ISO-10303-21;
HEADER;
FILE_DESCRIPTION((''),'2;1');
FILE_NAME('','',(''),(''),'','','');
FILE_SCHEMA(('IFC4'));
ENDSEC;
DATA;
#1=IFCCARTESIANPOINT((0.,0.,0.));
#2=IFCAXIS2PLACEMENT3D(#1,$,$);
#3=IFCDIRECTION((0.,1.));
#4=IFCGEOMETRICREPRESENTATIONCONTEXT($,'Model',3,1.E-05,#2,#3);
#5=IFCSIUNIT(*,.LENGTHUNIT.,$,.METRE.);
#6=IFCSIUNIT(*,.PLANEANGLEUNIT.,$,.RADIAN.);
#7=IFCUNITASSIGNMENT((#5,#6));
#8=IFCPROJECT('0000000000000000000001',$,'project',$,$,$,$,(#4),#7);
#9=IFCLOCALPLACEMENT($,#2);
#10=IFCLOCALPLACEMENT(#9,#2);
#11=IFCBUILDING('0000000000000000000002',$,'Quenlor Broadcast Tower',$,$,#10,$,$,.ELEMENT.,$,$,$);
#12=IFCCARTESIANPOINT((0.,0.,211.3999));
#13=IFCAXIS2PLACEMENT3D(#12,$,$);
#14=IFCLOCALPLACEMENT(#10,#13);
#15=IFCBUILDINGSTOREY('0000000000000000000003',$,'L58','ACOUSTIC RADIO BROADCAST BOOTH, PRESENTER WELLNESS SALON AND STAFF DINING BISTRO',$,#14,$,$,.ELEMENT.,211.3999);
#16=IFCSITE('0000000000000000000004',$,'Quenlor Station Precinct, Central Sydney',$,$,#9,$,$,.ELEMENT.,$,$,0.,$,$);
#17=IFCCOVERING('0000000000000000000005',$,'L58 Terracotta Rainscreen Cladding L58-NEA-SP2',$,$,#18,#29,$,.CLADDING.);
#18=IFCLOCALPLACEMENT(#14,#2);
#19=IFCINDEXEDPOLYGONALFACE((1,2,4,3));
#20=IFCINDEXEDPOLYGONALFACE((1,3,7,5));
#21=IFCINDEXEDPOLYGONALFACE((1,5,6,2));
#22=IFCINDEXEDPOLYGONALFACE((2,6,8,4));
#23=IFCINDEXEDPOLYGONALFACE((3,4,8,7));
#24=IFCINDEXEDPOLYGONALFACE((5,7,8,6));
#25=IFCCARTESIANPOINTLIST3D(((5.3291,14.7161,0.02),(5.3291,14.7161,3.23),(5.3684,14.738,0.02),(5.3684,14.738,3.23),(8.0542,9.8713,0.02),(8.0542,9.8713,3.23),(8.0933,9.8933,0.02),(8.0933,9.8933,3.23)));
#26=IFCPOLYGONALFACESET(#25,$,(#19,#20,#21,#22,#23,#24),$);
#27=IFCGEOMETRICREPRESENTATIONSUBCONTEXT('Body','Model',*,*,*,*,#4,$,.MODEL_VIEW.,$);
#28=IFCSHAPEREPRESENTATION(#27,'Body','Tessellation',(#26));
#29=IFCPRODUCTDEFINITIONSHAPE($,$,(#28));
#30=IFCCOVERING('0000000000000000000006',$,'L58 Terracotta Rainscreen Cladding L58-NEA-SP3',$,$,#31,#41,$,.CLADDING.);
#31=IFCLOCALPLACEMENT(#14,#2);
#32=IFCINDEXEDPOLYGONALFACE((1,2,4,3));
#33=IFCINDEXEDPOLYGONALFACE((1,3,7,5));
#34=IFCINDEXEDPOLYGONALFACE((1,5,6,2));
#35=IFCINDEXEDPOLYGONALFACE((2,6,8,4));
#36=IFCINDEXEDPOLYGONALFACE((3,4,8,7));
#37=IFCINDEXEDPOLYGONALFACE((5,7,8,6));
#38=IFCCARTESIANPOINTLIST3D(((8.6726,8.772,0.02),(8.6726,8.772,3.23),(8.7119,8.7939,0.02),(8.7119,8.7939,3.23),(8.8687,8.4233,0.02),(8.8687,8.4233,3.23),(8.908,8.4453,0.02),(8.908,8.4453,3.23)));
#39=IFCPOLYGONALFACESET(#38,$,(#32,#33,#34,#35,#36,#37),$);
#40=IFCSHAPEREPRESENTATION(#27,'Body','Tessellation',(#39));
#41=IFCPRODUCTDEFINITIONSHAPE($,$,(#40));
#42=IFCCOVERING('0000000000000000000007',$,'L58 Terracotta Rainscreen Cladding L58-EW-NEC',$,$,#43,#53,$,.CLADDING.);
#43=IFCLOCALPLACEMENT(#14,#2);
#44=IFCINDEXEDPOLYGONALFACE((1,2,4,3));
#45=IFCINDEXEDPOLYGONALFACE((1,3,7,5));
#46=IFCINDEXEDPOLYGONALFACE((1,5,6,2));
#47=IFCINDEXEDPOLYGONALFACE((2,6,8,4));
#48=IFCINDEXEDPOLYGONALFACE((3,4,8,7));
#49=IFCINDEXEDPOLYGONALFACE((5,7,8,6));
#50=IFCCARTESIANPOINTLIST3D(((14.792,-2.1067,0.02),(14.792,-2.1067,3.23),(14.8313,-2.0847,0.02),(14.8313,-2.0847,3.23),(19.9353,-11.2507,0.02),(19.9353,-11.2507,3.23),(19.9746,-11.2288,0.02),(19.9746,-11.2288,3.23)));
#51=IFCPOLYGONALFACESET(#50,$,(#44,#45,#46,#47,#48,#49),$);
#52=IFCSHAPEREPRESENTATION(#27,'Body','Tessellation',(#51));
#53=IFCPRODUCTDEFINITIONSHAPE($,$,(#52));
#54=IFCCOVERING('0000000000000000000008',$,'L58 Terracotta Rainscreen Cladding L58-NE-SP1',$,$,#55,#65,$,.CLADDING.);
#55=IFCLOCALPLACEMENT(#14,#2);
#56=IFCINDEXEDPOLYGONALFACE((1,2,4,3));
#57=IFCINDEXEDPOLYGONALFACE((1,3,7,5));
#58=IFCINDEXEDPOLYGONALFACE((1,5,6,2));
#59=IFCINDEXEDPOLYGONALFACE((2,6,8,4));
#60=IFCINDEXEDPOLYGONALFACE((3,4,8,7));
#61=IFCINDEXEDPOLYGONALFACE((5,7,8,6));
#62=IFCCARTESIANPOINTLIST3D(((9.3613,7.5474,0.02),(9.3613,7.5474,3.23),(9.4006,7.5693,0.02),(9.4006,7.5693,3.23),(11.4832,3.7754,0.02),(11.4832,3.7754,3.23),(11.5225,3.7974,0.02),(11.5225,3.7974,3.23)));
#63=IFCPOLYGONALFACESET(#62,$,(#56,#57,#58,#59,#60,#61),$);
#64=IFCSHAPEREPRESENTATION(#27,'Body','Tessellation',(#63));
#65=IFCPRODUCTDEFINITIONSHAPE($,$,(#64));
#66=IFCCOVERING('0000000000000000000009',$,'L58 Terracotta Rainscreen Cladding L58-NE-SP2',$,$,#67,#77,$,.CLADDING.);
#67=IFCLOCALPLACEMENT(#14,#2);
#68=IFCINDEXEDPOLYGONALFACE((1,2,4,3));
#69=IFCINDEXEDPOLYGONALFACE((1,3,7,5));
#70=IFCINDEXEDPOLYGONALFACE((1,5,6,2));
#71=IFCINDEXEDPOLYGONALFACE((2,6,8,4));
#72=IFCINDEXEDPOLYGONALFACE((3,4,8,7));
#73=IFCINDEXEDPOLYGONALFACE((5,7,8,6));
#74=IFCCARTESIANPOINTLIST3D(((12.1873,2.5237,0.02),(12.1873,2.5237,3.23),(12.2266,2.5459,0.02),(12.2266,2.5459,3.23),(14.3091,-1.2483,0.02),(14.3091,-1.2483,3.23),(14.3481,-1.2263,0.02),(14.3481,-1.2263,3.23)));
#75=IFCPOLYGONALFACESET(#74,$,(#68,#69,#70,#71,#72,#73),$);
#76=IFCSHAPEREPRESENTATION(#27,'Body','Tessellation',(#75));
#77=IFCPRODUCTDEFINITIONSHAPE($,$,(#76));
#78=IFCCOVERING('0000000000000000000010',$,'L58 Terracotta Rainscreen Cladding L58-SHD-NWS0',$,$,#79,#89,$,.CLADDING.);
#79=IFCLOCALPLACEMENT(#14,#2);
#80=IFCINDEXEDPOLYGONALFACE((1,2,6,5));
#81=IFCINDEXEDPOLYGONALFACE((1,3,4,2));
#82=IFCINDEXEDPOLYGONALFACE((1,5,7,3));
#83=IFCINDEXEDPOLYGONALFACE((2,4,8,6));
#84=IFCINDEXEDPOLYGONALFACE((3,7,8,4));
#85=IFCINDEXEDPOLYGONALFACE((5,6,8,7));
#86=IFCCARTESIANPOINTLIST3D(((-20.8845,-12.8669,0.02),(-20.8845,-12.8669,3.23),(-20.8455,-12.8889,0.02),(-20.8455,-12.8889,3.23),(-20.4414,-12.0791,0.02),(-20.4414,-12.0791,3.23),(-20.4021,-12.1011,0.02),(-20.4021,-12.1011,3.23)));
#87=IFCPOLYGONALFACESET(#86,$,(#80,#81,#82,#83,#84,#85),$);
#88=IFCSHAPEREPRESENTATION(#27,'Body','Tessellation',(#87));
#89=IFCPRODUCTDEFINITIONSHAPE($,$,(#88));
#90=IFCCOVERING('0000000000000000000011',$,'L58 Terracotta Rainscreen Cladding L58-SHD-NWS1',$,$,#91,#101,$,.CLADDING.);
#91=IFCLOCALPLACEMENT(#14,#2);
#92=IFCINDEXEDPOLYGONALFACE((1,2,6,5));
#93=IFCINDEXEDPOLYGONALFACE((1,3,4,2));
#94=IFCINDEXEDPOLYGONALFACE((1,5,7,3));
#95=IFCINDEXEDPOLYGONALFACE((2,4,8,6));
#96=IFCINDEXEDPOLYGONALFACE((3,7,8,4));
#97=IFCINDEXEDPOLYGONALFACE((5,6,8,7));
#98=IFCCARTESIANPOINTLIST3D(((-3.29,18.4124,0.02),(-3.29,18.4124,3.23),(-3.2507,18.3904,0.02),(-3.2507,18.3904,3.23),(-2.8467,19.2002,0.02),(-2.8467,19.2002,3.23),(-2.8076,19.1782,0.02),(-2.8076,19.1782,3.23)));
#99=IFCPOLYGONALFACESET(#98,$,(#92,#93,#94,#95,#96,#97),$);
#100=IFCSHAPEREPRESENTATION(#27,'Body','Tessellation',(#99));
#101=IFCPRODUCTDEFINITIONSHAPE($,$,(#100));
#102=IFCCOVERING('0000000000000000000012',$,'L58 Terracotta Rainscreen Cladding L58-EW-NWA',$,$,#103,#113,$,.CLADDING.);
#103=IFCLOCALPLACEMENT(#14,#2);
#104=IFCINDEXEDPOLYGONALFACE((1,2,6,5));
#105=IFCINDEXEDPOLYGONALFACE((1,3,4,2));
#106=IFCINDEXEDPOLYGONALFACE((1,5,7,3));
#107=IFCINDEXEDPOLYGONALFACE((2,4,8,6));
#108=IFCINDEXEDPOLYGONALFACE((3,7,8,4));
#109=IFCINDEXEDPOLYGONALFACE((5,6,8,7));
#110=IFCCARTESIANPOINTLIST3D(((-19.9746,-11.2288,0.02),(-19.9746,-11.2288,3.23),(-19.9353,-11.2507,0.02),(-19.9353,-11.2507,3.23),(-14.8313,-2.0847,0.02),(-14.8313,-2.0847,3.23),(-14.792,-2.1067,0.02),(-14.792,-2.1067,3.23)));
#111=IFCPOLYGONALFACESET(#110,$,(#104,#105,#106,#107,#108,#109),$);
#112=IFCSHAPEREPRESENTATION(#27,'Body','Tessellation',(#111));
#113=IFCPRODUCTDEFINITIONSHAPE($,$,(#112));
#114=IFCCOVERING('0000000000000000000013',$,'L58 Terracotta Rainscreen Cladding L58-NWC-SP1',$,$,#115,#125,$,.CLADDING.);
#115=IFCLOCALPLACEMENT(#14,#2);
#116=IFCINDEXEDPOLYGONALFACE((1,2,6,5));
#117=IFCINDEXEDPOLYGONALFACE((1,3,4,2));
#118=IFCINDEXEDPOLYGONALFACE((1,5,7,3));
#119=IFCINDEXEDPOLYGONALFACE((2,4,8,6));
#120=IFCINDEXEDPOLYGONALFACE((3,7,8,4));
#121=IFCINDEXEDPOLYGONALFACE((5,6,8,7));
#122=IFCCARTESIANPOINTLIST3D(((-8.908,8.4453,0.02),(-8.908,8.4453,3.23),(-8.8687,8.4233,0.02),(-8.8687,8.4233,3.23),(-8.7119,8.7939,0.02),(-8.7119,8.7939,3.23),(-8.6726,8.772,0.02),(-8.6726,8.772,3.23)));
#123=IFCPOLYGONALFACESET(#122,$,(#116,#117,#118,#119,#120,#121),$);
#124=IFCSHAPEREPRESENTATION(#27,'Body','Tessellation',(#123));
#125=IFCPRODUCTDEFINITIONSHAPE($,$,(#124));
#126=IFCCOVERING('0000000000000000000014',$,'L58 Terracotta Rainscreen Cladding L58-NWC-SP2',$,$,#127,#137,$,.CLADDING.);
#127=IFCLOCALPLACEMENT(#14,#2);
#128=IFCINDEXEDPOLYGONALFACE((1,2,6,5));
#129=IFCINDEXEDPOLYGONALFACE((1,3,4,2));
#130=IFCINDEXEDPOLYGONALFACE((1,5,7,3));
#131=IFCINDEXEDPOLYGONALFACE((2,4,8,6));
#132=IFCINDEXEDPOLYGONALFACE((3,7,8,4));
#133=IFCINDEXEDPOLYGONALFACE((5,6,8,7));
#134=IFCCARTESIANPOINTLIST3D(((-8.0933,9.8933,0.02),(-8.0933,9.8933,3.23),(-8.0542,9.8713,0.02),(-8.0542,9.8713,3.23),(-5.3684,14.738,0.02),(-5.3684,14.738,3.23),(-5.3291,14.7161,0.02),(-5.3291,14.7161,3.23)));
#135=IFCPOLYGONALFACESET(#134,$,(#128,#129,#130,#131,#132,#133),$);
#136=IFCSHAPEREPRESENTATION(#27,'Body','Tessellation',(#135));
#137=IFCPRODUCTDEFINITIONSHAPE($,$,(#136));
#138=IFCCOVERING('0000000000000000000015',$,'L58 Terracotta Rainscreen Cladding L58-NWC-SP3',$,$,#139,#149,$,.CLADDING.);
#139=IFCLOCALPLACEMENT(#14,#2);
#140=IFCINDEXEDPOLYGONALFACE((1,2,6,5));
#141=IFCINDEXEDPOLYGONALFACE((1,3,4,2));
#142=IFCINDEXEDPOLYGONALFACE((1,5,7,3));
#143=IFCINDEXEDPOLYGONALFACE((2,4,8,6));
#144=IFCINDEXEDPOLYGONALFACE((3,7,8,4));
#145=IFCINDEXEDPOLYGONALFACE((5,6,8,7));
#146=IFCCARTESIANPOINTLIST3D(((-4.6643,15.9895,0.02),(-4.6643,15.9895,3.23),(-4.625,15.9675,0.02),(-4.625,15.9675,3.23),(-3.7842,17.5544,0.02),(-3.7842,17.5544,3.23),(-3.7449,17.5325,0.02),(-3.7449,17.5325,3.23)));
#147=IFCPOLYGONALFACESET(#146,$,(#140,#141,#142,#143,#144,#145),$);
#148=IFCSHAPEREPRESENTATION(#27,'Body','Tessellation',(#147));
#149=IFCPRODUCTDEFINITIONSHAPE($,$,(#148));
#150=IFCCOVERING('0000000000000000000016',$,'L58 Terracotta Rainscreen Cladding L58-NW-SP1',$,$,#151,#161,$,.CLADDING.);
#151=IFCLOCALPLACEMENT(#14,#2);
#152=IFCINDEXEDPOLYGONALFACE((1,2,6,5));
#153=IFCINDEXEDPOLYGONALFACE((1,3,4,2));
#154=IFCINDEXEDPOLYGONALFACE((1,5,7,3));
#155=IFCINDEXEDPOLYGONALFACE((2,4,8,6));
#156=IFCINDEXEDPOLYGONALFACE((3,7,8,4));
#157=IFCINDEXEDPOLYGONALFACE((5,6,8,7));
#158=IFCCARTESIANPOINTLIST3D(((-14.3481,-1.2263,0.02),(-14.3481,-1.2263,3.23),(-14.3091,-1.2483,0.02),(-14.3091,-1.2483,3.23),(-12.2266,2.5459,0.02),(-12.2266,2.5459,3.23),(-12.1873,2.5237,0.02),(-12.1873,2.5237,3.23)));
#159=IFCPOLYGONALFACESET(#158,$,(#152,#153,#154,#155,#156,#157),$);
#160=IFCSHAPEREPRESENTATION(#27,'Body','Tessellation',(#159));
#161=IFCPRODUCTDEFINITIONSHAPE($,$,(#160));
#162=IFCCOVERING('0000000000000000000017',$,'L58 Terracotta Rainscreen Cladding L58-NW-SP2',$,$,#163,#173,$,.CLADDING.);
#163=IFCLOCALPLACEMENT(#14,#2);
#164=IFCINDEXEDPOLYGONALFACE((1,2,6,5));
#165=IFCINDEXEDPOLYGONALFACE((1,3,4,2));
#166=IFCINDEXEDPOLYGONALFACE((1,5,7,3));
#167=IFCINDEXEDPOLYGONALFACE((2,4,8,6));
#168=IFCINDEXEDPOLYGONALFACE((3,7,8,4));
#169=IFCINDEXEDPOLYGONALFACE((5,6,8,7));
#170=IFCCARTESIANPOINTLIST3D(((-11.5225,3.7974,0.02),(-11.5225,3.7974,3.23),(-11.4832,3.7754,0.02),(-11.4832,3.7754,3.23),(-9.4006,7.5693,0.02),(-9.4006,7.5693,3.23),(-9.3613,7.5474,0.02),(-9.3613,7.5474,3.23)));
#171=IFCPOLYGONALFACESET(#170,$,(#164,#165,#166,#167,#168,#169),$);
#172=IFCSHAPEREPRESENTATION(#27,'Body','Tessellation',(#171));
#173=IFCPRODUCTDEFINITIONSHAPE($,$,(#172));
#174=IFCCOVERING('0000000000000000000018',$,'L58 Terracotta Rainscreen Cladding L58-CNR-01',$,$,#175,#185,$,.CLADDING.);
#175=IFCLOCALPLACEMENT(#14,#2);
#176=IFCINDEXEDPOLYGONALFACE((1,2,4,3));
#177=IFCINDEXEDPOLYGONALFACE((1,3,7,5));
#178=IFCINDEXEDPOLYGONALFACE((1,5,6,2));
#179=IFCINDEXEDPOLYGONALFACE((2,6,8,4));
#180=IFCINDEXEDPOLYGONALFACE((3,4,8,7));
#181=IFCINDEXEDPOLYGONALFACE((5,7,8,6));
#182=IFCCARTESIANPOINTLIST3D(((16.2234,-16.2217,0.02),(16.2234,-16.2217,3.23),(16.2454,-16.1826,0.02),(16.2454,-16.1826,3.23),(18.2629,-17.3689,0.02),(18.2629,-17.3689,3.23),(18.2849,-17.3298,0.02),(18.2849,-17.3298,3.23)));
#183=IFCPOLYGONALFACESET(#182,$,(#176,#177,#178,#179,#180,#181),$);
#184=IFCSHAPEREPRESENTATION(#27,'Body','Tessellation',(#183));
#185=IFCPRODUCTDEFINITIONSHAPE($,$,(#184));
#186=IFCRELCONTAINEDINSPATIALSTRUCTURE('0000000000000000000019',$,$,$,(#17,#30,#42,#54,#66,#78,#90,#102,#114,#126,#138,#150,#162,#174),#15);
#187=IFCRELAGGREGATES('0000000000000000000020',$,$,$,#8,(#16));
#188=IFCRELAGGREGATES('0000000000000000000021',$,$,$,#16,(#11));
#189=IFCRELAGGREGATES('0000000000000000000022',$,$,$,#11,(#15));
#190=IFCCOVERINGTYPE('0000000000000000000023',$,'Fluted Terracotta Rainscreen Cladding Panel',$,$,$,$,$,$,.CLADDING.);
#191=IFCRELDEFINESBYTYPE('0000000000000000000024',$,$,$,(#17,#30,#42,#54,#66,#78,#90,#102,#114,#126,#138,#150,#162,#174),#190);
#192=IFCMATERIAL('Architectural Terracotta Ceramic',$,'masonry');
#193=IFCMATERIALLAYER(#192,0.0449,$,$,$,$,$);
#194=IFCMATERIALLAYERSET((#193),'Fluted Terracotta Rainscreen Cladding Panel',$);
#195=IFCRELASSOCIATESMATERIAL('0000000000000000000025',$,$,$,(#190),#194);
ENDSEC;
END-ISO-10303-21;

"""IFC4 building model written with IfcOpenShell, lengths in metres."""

from ifc_helpers import new_model, si_unit, direction, frame, origin, place, context, subcontext, project, spatial, polyline, outline, extrude, material, layer, layer_set, type_object, element, save


model = new_model("IFC4")

# Units and contexts
model_context = context("Model", 3, precision=1e-05, world=origin(), true_north=direction((0.0, 1.0)))
body_context = subcontext(model_context, "Body", "Model", "MODEL_VIEW")
ifc_project = project(units=[si_unit("LENGTHUNIT", "METRE"), si_unit("PLANEANGLEUNIT", "RADIAN")], contexts=[model_context])

# Site, building, storey
site_placement = place(None, origin())
site = spatial("IfcSite", under=ifc_project, at=site_placement, Name="Quenlor Station Precinct, Central Sydney", CompositionType="ELEMENT", RefElevation=0.0)
building_placement = place(site_placement, origin())
building = spatial("IfcBuilding", under=site, at=building_placement, Name="Quenlor Broadcast Tower", CompositionType="ELEMENT")
storey_placement = place(building_placement, frame((0.0, 0.0, 211.3999)))
storey = spatial("IfcBuildingStorey", under=building, at=storey_placement, Name="L58", Description="ACOUSTIC RADIO BROADCAST BOOTH, PRESENTER WELLNESS SALON AND STAFF DINING BISTRO", CompositionType="ELEMENT", Elevation=211.3999)

# Coverings
ifc_material_1 = material(Name="Architectural Terracotta Ceramic", Category="masonry")
ifc_layer_1 = layer(ifc_material_1, 0.0449)
ifc_layer_set_1 = layer_set([ifc_layer_1], Name="Fluted Terracotta Rainscreen Cladding Panel")
covering_type = type_object("IfcCoveringType", Name="Fluted Terracotta Rainscreen Cladding Panel", PredefinedType="CLADDING", material=ifc_layer_set_1)
covering_1_placement = place(storey_placement, frame((0.0, 0.0, 0.02)))
element("IfcCovering", 1, at=covering_1_placement, inside=storey, type_object=covering_type, Name="L58 Terracotta Rainscreen Cladding L58-NEA-SP2", PredefinedType="CLADDING", context=body_context, shape_type="SweptSolid", body=[
    extrude(outline(polyline([(5.3291, 14.7161), (8.0542, 9.8713), (8.0933, 9.8933), (5.3684, 14.738), (5.3291, 14.7161)])), origin(), (0.0, 0.0, 1.0), 3.21),
])
covering_2_placement = place(storey_placement, frame((0.0, 0.0, 0.02)))
element("IfcCovering", 2, at=covering_2_placement, inside=storey, type_object=covering_type, Name="L58 Terracotta Rainscreen Cladding L58-NEA-SP3", PredefinedType="CLADDING", context=body_context, shape_type="SweptSolid", body=[
    extrude(outline(polyline([(8.6726, 8.772), (8.8687, 8.4233), (8.908, 8.4453), (8.7119, 8.7939), (8.6726, 8.772)])), origin(), (0.0, 0.0, 1.0), 3.21),
])
covering_3_placement = place(storey_placement, frame((0.0, 0.0, 0.02)))
element("IfcCovering", 3, at=covering_3_placement, inside=storey, type_object=covering_type, Name="L58 Terracotta Rainscreen Cladding L58-EW-NEC", PredefinedType="CLADDING", context=body_context, shape_type="SweptSolid", body=[
    extrude(outline(polyline([(14.792, -2.1067), (19.9353, -11.2507), (19.9746, -11.2288), (14.8313, -2.0847), (14.792, -2.1067)])), origin(), (0.0, 0.0, 1.0), 3.21),
])
covering_4_placement = place(storey_placement, frame((0.0, 0.0, 0.02)))
element("IfcCovering", 4, at=covering_4_placement, inside=storey, type_object=covering_type, Name="L58 Terracotta Rainscreen Cladding L58-NE-SP1", PredefinedType="CLADDING", context=body_context, shape_type="SweptSolid", body=[
    extrude(outline(polyline([(9.3613, 7.5474), (11.4832, 3.7754), (11.5225, 3.7974), (9.4006, 7.5693), (9.3613, 7.5474)])), origin(), (0.0, 0.0, 1.0), 3.21),
])
covering_5_placement = place(storey_placement, frame((0.0, 0.0, 0.02)))
element("IfcCovering", 5, at=covering_5_placement, inside=storey, type_object=covering_type, Name="L58 Terracotta Rainscreen Cladding L58-NE-SP2", PredefinedType="CLADDING", context=body_context, shape_type="SweptSolid", body=[
    extrude(outline(polyline([(12.1873, 2.5237), (14.3091, -1.2483), (14.3481, -1.2263), (12.2266, 2.5459), (12.1873, 2.5237)])), origin(), (0.0, 0.0, 1.0), 3.21),
])
covering_6_placement = place(storey_placement, frame((0.0, 0.0, 0.02)))
element("IfcCovering", 6, at=covering_6_placement, inside=storey, type_object=covering_type, Name="L58 Terracotta Rainscreen Cladding L58-SHD-NWS0", PredefinedType="CLADDING", context=body_context, shape_type="SweptSolid", body=[
    extrude(outline(polyline([(-20.8455, -12.8889), (-20.4021, -12.1011), (-20.4414, -12.0791), (-20.8845, -12.8669), (-20.8455, -12.8889)])), origin(), (0.0, 0.0, 1.0), 3.21),
])
covering_7_placement = place(storey_placement, frame((0.0, 0.0, 0.02)))
element("IfcCovering", 7, at=covering_7_placement, inside=storey, type_object=covering_type, Name="L58 Terracotta Rainscreen Cladding L58-SHD-NWS1", PredefinedType="CLADDING", context=body_context, shape_type="SweptSolid", body=[
    extrude(outline(polyline([(-3.2507, 18.3904), (-2.8076, 19.1782), (-2.8467, 19.2002), (-3.29, 18.4124), (-3.2507, 18.3904)])), origin(), (0.0, 0.0, 1.0), 3.21),
])
covering_8_placement = place(storey_placement, frame((0.0, 0.0, 0.02)))
element("IfcCovering", 8, at=covering_8_placement, inside=storey, type_object=covering_type, Name="L58 Terracotta Rainscreen Cladding L58-EW-NWA", PredefinedType="CLADDING", context=body_context, shape_type="SweptSolid", body=[
    extrude(outline(polyline([(-19.9353, -11.2507), (-14.792, -2.1067), (-14.8313, -2.0847), (-19.9746, -11.2288), (-19.9353, -11.2507)])), origin(), (0.0, 0.0, 1.0), 3.21),
])
covering_9_placement = place(storey_placement, frame((0.0, 0.0, 0.02)))
element("IfcCovering", 9, at=covering_9_placement, inside=storey, type_object=covering_type, Name="L58 Terracotta Rainscreen Cladding L58-NWC-SP1", PredefinedType="CLADDING", context=body_context, shape_type="SweptSolid", body=[
    extrude(outline(polyline([(-8.8687, 8.4233), (-8.6726, 8.772), (-8.7119, 8.7939), (-8.908, 8.4453), (-8.8687, 8.4233)])), origin(), (0.0, 0.0, 1.0), 3.21),
])
covering_10_placement = place(storey_placement, frame((0.0, 0.0, 0.02)))
element("IfcCovering", 10, at=covering_10_placement, inside=storey, type_object=covering_type, Name="L58 Terracotta Rainscreen Cladding L58-NWC-SP2", PredefinedType="CLADDING", context=body_context, shape_type="SweptSolid", body=[
    extrude(outline(polyline([(-8.0542, 9.8713), (-5.3291, 14.7161), (-5.3684, 14.738), (-8.0933, 9.8933), (-8.0542, 9.8713)])), origin(), (0.0, 0.0, 1.0), 3.21),
])
covering_11_placement = place(storey_placement, frame((0.0, 0.0, 0.02)))
element("IfcCovering", 11, at=covering_11_placement, inside=storey, type_object=covering_type, Name="L58 Terracotta Rainscreen Cladding L58-NWC-SP3", PredefinedType="CLADDING", context=body_context, shape_type="SweptSolid", body=[
    extrude(outline(polyline([(-4.625, 15.9675), (-3.7449, 17.5325), (-3.7842, 17.5544), (-4.6643, 15.9895), (-4.625, 15.9675)])), origin(), (0.0, 0.0, 1.0), 3.21),
])
covering_12_placement = place(storey_placement, frame((0.0, 0.0, 0.02)))
element("IfcCovering", 12, at=covering_12_placement, inside=storey, type_object=covering_type, Name="L58 Terracotta Rainscreen Cladding L58-NW-SP1", PredefinedType="CLADDING", context=body_context, shape_type="SweptSolid", body=[
    extrude(outline(polyline([(-14.3091, -1.2483), (-12.1873, 2.5237), (-12.2266, 2.5459), (-14.3481, -1.2263), (-14.3091, -1.2483)])), origin(), (0.0, 0.0, 1.0), 3.21),
])
covering_13_placement = place(storey_placement, frame((0.0, 0.0, 0.02)))
element("IfcCovering", 13, at=covering_13_placement, inside=storey, type_object=covering_type, Name="L58 Terracotta Rainscreen Cladding L58-NW-SP2", PredefinedType="CLADDING", context=body_context, shape_type="SweptSolid", body=[
    extrude(outline(polyline([(-11.4832, 3.7754), (-9.3613, 7.5474), (-9.4006, 7.5693), (-11.5225, 3.7974), (-11.4832, 3.7754)])), origin(), (0.0, 0.0, 1.0), 3.21),
])
covering_14_placement = place(storey_placement, frame((0.0, 0.0, 0.02)))
element("IfcCovering", 14, at=covering_14_placement, inside=storey, type_object=covering_type, Name="L58 Terracotta Rainscreen Cladding L58-CNR-01", PredefinedType="CLADDING", context=body_context, shape_type="SweptSolid", body=[
    extrude(outline(polyline([(18.2849, -17.3298), (16.2454, -16.1826), (16.2234, -16.2217), (18.2629, -17.3689), (18.2849, -17.3298)])), origin(), (0.0, 0.0, 1.0), 3.21),
])

save(model, "model.ifc")
